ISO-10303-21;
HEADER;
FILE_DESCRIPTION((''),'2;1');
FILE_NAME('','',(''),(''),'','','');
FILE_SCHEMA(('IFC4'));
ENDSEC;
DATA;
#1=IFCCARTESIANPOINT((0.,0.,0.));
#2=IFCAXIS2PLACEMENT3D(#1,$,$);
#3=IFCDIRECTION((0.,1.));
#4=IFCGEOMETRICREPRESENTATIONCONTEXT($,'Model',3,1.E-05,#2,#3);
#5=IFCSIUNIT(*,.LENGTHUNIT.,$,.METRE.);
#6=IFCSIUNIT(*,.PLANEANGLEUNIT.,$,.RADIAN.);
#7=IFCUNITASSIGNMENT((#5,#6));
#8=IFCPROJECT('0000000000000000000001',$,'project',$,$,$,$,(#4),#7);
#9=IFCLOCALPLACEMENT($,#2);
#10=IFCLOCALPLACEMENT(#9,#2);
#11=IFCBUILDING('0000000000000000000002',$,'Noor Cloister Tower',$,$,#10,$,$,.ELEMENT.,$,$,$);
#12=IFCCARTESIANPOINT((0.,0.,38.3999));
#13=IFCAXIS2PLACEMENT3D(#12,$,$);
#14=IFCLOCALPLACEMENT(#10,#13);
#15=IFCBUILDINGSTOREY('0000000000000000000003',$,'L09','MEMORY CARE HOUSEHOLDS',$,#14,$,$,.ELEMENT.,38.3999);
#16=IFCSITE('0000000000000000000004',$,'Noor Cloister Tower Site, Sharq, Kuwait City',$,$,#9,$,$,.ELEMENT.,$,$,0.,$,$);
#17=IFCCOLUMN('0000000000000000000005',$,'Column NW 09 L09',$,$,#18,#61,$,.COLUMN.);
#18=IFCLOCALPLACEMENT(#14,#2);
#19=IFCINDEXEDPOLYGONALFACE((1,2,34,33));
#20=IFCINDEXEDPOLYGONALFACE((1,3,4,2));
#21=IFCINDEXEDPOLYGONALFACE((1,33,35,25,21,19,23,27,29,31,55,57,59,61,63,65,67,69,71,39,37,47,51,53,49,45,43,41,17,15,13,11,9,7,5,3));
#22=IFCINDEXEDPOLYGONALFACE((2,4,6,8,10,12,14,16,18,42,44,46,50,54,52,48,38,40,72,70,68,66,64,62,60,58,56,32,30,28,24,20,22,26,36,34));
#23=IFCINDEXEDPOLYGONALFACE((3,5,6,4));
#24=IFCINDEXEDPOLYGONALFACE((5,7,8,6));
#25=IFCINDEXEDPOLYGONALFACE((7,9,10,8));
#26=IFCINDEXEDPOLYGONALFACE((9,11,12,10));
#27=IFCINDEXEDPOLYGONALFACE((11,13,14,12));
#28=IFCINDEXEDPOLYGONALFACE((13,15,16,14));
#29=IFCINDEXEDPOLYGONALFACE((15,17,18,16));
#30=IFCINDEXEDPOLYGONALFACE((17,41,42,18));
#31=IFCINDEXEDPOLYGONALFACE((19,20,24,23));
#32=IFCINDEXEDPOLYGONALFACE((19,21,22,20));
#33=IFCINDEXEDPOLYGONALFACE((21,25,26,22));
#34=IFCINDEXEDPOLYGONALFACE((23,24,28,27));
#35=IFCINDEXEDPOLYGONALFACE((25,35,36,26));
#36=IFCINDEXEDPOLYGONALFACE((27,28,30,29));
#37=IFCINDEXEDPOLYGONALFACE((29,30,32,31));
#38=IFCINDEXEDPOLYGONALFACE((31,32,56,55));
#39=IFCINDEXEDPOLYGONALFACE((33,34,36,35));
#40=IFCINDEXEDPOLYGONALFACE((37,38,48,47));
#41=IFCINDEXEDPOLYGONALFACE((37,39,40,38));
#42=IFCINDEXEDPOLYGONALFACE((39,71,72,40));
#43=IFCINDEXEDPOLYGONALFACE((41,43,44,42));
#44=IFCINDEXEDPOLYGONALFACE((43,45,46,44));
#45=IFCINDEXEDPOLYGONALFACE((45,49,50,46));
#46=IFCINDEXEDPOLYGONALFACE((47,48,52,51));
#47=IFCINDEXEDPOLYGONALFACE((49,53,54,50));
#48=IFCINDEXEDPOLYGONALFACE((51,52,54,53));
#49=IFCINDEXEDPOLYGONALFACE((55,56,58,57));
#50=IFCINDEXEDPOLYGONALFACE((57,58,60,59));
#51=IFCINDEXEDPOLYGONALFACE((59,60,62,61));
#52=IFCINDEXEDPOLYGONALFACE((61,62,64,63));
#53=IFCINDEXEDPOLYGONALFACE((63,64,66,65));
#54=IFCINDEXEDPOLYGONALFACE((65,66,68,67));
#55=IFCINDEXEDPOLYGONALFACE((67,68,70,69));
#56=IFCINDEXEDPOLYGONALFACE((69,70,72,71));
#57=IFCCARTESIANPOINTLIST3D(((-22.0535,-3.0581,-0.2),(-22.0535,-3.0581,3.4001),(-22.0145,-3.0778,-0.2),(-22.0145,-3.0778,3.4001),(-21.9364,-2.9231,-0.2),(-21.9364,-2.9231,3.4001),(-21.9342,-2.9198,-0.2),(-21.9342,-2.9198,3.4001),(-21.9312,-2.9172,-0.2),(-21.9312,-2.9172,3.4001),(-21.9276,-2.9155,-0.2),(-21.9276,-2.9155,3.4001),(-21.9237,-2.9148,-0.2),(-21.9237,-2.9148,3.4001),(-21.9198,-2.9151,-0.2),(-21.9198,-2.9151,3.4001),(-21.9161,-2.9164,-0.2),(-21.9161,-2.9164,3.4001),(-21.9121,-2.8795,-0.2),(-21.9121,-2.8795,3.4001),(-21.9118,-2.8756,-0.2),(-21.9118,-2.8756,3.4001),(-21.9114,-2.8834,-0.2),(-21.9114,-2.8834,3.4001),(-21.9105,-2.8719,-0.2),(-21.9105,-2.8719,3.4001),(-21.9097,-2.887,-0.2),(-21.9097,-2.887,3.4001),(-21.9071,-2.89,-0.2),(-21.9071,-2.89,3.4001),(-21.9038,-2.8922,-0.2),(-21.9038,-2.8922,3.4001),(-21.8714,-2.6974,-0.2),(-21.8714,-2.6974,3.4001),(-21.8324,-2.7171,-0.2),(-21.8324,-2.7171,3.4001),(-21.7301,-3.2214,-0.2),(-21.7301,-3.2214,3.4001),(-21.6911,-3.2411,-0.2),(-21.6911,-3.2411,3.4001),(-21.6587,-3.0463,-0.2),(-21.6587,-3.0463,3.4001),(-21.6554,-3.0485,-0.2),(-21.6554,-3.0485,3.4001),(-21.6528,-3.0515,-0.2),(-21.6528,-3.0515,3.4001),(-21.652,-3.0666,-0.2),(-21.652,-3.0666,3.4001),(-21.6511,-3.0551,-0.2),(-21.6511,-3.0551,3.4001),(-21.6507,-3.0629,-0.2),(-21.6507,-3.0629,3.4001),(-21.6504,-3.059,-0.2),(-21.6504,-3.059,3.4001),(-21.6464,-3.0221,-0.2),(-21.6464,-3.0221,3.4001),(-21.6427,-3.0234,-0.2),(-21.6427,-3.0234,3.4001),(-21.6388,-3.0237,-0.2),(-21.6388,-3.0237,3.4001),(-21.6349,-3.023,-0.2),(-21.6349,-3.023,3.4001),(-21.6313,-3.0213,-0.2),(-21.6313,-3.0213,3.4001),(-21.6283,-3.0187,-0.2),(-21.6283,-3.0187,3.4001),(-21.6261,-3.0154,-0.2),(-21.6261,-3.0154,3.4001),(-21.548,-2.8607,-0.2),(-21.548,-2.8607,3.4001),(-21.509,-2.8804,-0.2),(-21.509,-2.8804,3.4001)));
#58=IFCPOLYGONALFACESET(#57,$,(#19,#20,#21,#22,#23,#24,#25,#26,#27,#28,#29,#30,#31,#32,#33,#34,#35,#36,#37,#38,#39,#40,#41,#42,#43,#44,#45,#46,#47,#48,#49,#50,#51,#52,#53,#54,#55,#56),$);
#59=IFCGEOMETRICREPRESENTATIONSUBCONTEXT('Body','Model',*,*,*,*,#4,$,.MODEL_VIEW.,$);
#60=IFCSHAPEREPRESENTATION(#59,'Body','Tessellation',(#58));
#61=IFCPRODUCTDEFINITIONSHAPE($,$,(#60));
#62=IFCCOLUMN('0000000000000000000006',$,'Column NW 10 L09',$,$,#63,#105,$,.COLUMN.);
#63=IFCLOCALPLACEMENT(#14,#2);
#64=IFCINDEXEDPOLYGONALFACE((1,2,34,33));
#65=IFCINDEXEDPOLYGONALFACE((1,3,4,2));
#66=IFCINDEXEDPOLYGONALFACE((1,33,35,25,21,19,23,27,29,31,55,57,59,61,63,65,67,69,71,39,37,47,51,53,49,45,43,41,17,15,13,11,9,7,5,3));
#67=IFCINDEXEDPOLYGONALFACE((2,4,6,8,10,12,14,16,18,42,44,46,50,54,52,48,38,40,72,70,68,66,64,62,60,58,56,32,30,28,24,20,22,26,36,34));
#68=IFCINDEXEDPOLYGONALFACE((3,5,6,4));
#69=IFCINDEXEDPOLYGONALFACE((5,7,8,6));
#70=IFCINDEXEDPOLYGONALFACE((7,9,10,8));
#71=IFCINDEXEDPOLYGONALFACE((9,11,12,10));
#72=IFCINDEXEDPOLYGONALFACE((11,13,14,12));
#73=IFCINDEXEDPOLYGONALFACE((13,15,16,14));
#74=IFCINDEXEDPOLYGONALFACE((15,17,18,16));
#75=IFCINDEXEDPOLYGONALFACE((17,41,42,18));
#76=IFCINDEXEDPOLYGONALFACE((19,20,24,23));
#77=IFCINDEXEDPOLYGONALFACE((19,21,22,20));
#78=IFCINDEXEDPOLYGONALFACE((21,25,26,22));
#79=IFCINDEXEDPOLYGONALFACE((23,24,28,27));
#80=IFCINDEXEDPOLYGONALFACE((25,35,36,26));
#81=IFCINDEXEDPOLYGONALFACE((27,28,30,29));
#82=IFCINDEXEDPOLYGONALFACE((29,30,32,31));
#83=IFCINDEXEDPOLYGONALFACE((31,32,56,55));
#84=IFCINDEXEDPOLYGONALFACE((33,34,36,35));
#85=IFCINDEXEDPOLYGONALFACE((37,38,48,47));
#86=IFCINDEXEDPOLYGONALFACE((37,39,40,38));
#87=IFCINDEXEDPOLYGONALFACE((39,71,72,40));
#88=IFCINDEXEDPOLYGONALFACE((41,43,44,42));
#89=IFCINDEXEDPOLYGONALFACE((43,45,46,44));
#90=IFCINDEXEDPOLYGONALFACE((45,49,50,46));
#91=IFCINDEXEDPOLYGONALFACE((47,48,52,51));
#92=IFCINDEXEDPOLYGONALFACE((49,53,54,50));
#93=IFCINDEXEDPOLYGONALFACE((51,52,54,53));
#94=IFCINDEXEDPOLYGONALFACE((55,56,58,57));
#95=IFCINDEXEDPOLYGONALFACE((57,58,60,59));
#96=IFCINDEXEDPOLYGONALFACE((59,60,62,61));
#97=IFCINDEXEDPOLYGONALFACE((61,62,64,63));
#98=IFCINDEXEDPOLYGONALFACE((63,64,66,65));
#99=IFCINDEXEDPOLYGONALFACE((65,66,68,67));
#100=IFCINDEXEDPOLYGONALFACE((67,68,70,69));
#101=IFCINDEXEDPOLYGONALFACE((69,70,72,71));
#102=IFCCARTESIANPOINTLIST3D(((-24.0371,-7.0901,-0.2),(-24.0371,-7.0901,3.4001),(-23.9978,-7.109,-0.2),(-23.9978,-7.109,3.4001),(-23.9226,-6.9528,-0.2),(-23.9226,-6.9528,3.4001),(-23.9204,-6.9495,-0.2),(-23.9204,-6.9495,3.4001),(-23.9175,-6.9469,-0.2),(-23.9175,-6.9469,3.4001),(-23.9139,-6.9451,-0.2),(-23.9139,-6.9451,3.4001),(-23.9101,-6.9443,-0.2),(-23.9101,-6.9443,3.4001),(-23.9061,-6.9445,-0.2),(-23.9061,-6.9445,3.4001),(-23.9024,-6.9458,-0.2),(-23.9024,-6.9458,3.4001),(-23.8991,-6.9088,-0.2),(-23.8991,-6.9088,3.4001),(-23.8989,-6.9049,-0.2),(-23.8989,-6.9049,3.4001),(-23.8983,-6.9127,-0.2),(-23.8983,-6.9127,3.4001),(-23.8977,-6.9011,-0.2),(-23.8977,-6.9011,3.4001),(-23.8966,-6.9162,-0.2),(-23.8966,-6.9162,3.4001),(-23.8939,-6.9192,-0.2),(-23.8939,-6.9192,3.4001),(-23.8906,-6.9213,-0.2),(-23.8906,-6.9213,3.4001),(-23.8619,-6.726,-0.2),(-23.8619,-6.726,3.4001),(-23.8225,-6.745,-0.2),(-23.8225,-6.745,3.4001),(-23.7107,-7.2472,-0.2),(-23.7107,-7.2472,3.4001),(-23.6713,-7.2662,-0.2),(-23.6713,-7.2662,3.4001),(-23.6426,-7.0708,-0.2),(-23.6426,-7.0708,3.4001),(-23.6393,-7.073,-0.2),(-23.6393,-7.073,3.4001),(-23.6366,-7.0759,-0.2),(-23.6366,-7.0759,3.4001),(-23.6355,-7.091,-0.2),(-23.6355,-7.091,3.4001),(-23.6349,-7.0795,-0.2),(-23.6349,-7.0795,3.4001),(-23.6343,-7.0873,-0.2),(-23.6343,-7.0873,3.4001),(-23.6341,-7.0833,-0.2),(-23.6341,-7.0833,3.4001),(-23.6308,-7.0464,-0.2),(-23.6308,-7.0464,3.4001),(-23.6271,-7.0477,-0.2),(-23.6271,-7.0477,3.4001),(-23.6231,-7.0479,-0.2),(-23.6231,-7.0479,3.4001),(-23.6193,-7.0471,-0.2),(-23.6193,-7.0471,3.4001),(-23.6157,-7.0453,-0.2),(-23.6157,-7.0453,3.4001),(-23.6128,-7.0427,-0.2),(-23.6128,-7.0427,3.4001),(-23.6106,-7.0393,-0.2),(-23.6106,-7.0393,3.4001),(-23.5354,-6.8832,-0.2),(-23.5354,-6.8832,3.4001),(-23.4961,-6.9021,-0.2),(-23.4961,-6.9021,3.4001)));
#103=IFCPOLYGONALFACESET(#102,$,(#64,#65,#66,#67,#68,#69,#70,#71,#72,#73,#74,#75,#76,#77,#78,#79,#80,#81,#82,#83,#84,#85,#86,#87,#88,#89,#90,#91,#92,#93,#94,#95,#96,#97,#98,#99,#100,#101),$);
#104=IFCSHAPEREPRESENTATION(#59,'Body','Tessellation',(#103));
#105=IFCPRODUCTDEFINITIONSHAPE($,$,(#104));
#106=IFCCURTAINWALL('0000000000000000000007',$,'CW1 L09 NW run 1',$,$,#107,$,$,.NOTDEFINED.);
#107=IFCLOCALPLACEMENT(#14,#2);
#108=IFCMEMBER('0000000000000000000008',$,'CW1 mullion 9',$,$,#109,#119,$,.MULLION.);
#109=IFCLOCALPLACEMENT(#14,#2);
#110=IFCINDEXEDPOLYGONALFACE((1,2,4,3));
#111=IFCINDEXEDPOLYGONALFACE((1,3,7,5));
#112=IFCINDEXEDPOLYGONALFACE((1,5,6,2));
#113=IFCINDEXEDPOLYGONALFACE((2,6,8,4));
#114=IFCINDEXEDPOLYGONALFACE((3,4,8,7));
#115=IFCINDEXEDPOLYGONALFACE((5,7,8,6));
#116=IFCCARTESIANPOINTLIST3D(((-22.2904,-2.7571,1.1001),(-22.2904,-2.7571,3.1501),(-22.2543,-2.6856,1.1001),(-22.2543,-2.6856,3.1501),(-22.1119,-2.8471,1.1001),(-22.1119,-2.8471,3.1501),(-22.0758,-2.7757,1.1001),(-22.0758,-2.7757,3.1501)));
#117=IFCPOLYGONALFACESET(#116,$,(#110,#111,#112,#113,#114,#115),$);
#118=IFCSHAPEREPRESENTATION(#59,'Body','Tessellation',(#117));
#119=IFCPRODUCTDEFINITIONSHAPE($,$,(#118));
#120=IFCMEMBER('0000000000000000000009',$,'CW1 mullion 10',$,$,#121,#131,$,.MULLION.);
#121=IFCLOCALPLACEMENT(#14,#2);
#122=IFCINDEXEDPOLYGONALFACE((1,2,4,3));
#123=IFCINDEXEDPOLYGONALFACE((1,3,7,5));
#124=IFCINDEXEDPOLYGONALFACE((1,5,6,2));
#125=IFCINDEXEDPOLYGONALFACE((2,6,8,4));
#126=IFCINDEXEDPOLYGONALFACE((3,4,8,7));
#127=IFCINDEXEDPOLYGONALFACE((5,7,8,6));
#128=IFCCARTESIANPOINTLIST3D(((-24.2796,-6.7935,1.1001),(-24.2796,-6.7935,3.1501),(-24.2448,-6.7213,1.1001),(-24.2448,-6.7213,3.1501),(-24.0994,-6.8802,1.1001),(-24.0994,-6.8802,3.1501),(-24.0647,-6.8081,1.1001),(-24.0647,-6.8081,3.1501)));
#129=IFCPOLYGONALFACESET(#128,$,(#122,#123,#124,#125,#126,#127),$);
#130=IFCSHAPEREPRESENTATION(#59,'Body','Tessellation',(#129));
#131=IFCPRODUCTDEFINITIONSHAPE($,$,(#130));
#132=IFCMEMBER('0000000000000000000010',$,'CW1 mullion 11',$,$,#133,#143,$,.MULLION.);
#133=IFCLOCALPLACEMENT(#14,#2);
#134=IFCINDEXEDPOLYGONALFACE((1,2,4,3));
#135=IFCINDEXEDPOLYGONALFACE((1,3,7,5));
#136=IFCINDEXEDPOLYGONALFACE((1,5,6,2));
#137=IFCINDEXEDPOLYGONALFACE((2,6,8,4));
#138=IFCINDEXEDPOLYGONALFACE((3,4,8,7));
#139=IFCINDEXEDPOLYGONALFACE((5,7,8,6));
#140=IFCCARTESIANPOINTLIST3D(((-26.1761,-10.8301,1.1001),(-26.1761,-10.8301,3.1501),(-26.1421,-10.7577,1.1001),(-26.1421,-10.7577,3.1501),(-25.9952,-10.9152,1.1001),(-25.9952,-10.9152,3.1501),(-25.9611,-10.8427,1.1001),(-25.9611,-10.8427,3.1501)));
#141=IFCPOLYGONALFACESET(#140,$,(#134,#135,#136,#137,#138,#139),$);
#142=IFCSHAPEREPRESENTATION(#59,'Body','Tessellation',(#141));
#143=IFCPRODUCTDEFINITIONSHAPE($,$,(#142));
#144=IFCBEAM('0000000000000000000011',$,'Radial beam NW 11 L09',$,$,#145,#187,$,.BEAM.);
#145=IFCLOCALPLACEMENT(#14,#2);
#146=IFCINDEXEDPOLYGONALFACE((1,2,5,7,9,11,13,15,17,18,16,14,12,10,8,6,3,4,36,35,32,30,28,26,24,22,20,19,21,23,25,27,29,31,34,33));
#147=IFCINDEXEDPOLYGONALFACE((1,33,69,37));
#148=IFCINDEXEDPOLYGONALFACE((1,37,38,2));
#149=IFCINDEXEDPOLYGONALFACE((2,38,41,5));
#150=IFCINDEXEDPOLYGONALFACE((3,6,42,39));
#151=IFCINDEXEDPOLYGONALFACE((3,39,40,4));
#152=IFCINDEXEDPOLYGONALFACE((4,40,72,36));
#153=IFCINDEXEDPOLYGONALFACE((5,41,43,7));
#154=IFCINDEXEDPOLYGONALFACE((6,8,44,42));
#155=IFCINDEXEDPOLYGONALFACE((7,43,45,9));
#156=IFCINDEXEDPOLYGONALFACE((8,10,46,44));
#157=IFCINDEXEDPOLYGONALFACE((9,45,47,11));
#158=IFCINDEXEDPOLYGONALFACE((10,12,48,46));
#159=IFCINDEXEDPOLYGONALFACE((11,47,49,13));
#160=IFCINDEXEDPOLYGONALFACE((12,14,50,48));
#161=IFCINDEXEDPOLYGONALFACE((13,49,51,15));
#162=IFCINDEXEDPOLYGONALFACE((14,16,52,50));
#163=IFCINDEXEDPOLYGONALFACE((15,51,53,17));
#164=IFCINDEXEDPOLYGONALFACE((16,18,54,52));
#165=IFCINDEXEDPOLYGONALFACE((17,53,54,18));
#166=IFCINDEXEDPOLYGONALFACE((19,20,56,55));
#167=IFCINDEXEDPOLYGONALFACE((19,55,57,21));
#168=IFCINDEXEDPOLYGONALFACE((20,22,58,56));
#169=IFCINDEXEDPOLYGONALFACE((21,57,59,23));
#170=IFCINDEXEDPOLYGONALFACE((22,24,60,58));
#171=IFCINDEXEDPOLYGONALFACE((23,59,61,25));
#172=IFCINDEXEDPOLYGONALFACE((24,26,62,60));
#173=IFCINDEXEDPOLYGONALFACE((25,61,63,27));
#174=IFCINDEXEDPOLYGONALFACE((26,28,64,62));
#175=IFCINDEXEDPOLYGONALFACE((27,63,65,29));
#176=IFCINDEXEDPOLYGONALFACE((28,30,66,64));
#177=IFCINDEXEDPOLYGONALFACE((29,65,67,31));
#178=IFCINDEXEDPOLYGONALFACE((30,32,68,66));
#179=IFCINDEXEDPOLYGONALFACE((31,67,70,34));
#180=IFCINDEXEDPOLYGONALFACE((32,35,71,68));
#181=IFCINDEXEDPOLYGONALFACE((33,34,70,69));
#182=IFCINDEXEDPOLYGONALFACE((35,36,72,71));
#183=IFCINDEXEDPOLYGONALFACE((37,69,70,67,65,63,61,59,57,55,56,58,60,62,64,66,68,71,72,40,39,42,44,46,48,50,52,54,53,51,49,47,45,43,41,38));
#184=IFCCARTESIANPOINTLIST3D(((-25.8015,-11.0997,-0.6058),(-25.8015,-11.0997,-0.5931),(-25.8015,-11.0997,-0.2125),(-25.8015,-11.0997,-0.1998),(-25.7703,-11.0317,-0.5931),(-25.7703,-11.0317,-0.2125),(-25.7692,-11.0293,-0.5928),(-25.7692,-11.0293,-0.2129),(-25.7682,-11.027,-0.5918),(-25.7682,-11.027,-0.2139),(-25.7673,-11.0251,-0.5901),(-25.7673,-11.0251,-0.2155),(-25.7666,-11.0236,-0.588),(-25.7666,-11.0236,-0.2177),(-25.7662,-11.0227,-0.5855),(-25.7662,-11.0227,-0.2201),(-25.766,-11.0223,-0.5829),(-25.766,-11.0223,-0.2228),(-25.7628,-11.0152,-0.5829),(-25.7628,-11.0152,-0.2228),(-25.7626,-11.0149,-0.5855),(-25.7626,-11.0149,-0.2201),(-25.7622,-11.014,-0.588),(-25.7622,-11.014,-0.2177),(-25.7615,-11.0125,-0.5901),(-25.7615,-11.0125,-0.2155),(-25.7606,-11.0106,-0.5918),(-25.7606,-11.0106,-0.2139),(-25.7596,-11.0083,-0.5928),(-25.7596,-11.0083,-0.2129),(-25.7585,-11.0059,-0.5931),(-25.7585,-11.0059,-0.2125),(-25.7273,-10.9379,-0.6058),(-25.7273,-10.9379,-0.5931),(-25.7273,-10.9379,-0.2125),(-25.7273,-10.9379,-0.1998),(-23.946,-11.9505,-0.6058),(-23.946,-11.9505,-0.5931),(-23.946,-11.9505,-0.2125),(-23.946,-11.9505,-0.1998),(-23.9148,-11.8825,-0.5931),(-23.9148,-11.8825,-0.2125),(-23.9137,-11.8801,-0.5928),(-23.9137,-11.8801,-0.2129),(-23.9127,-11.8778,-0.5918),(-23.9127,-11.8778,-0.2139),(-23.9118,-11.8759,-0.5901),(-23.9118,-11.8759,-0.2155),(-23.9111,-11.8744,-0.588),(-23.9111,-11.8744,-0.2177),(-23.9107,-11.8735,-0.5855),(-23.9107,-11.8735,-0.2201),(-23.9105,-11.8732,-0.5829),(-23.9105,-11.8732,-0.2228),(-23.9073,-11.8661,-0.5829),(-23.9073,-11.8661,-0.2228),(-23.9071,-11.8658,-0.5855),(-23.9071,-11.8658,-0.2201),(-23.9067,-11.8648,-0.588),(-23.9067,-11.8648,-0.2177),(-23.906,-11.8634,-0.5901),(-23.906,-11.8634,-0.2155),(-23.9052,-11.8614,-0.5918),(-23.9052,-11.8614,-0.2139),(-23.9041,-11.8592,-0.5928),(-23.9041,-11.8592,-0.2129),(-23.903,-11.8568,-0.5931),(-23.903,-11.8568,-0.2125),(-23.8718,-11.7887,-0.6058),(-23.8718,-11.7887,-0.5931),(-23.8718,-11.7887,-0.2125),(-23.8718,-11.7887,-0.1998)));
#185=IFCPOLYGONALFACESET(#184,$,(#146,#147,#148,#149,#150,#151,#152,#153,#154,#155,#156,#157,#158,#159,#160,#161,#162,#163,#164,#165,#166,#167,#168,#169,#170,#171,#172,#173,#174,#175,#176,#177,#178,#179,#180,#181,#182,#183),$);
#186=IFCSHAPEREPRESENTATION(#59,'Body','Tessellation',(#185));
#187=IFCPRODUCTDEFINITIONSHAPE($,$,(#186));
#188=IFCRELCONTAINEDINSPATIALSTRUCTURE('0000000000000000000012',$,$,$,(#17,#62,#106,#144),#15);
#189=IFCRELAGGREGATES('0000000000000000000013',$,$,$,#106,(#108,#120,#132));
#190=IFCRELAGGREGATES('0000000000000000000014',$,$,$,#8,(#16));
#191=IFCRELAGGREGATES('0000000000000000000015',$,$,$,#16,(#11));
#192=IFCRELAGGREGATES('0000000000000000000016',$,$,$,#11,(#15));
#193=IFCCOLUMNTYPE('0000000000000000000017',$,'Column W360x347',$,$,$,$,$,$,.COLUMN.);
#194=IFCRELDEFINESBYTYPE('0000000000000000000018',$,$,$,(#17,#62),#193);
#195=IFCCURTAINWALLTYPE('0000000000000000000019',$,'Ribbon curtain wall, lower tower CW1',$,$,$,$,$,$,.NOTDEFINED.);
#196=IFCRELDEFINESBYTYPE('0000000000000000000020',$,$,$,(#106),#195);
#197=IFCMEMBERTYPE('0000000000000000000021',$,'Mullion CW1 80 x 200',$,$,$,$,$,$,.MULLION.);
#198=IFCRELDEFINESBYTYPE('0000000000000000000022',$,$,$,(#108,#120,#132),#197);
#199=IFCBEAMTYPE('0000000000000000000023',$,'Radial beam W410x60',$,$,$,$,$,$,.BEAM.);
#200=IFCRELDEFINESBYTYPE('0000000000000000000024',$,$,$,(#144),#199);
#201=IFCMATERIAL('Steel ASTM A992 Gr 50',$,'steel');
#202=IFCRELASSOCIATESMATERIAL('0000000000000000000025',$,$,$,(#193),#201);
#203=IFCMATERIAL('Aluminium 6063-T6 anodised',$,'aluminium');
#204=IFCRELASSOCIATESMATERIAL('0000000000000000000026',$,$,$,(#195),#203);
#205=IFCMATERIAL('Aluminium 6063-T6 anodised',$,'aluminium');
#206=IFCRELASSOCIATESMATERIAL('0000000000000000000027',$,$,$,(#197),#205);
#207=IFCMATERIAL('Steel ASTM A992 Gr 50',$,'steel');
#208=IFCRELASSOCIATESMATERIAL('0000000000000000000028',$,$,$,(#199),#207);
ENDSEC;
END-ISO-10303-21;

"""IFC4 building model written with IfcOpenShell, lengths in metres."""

from ifc_helpers import new_model, si_unit, direction, frame, origin, origin_2d, place, context, subcontext, project, spatial, rectangle, i_section, extrude, material, material_profile, profile_set, type_object, element, aggregate, save


model = new_model("IFC4")

# Units and contexts
model_context = context("Model", 3, precision=1e-05, world=origin(), true_north=direction((0.0, 1.0)))
body_context = subcontext(model_context, "Body", "Model", "MODEL_VIEW")
ifc_project = project(units=[si_unit("LENGTHUNIT", "METRE"), si_unit("PLANEANGLEUNIT", "RADIAN")], contexts=[model_context])

# Site, building, storey
site_placement = place(None, origin())
site = spatial("IfcSite", under=ifc_project, at=site_placement, Name="Noor Cloister Tower Site, Sharq, Kuwait City", CompositionType="ELEMENT", RefElevation=0.0)
building_placement = place(site_placement, origin())
building = spatial("IfcBuilding", under=site, at=building_placement, Name="Noor Cloister Tower", CompositionType="ELEMENT")
storey_placement = place(building_placement, frame((0.0, 0.0, 38.3999)))
storey = spatial("IfcBuildingStorey", under=building, at=storey_placement, Name="L09", Description="MEMORY CARE HOUSEHOLDS", CompositionType="ELEMENT", Elevation=38.3999)

# Columns
ifc_material_1 = material(Name="Steel ASTM A992 Gr 50", Category="steel")
ifc_material_profile_1 = material_profile(ifc_material_1, i_section(OverallWidth=0.4041, OverallDepth=0.406, WebThickness=0.0271, FlangeThickness=0.0437, FilletRadius=0.0151, at=origin_2d()), Name="W360x347")
ifc_profile_set_1 = profile_set([ifc_material_profile_1], Name="Steel ASTM A992 Gr 50")
column_type = type_object("IfcColumnType", Name="Column W360x347", PredefinedType="COLUMN", material=ifc_profile_set_1)
for number, where, z_axis, x_axis, name in (
    (1, (-21.7812, -2.9692, -0.2), (0.0, 0.0, 1.0), (-0.450581, -0.892735, 0.0), "Column NW 09 L09"),
    (2, (-23.7666, -6.9961, -0.2), (0.0, 0.0, 1.0), (-0.433785, -0.901017, 0.0), "Column NW 10 L09"),
):
    element("IfcColumn", number, at=place(storey_placement, frame(where, z_axis=z_axis, x_axis=x_axis)), inside=storey, type_object=column_type, Name=name, PredefinedType="COLUMN", context=body_context, shape_type="SweptSolid", body=[
        extrude(i_section(OverallWidth=0.4041, OverallDepth=0.406, WebThickness=0.0271, FlangeThickness=0.0437, FilletRadius=0.0151, at=origin_2d()), origin(), (0.0, 0.0, 1.0), 3.6001),
    ])

# Curtain wall, members
ifc_material_2 = material(Name="Aluminium 6063-T6 anodised", Category="aluminium")
curtain_wall_type = type_object("IfcCurtainWallType", Name="Ribbon curtain wall, lower tower CW1", PredefinedType="NOTDEFINED", material=ifc_material_2)
curtain_wall_placement = place(storey_placement, origin())
curtain_wall = element("IfcCurtainWall", 3, at=curtain_wall_placement, inside=storey, type_object=curtain_wall_type, Name="CW1 L09 NW run 1", PredefinedType="NOTDEFINED")
ifc_material_3 = material(Name="Aluminium 6063-T6 anodised", Category="aluminium")
ifc_material_profile_2 = material_profile(ifc_material_3, rectangle(XDim=0.2, YDim=0.0801, at=origin_2d()), Name="200 x 80 mullion")
ifc_profile_set_2 = profile_set([ifc_material_profile_2], Name="Aluminium 6063-T6 anodised")
member_type = type_object("IfcMemberType", Name="Mullion CW1 80 x 200", PredefinedType="MULLION", material=ifc_profile_set_2)
member_1_placement = place(storey_placement, frame((-22.1831, -2.7664, 1.1001), z_axis=(0.0, 0.0, 1.0), x_axis=(0.892735, -0.450581, 0.0)))
member_1 = element("IfcMember", 4, at=member_1_placement, type_object=member_type, Name="CW1 mullion 9", PredefinedType="MULLION", context=body_context, shape_type="SweptSolid", body=[
    extrude(rectangle(XDim=0.2, YDim=0.0801, at=origin_2d()), origin(), (0.0, 0.0, 1.0), 2.05),
])
member_2_placement = place(storey_placement, frame((-24.1721, -6.8008, 1.1001), z_axis=(0.0, 0.0, 1.0), x_axis=(0.901017, -0.433785, 0.0)))
member_2 = element("IfcMember", 5, at=member_2_placement, type_object=member_type, Name="CW1 mullion 10", PredefinedType="MULLION", context=body_context, shape_type="SweptSolid", body=[
    extrude(rectangle(XDim=0.2, YDim=0.0801, at=origin_2d()), origin(), (0.0, 0.0, 1.0), 2.05),
])
member_3_placement = place(storey_placement, frame((-26.0686, -10.8364, 1.1001), z_axis=(0.0, 0.0, 1.0), x_axis=(0.905039, -0.425329, 0.0)))
member_3 = element("IfcMember", 6, at=member_3_placement, type_object=member_type, Name="CW1 mullion 11", PredefinedType="MULLION", context=body_context, shape_type="SweptSolid", body=[
    extrude(rectangle(XDim=0.2, YDim=0.0801, at=origin_2d()), origin(), (0.0, 0.0, 1.0), 2.05),
])

# Beam
ifc_material_4 = material(Name="Steel ASTM A992 Gr 50", Category="steel")
ifc_material_profile_3 = material_profile(ifc_material_4, i_section(OverallWidth=0.178, OverallDepth=0.406, WebThickness=0.0078, FlangeThickness=0.0127, FilletRadius=0.0103, at=origin_2d()), Name="W410x60")
ifc_profile_set_3 = profile_set([ifc_material_profile_3], Name="Steel ASTM A992 Gr 50")
beam_type_1 = type_object("IfcBeamType", Name="Radial beam W410x60", PredefinedType="BEAM", material=ifc_profile_set_3)
beam_1_placement = place(storey_placement, frame((-25.7644, -11.0188, -0.4028), z_axis=(0.908989, -0.416819, 0.0), x_axis=(0.416819, 0.908989, 0.0)))
element("IfcBeam", 7, at=beam_1_placement, inside=storey, type_object=beam_type_1, Name="Radial beam NW 11 L09", PredefinedType="BEAM", context=body_context, shape_type="SweptSolid", body=[
    extrude(i_section(OverallWidth=0.178, OverallDepth=0.406, WebThickness=0.0078, FlangeThickness=0.0127, FilletRadius=0.0103, at=origin_2d()), origin(), (0.0, 0.0, 1.0), 2.0413),
])

aggregate(curtain_wall, [member_1, member_2, member_3])

save(model, "model.ifc")
